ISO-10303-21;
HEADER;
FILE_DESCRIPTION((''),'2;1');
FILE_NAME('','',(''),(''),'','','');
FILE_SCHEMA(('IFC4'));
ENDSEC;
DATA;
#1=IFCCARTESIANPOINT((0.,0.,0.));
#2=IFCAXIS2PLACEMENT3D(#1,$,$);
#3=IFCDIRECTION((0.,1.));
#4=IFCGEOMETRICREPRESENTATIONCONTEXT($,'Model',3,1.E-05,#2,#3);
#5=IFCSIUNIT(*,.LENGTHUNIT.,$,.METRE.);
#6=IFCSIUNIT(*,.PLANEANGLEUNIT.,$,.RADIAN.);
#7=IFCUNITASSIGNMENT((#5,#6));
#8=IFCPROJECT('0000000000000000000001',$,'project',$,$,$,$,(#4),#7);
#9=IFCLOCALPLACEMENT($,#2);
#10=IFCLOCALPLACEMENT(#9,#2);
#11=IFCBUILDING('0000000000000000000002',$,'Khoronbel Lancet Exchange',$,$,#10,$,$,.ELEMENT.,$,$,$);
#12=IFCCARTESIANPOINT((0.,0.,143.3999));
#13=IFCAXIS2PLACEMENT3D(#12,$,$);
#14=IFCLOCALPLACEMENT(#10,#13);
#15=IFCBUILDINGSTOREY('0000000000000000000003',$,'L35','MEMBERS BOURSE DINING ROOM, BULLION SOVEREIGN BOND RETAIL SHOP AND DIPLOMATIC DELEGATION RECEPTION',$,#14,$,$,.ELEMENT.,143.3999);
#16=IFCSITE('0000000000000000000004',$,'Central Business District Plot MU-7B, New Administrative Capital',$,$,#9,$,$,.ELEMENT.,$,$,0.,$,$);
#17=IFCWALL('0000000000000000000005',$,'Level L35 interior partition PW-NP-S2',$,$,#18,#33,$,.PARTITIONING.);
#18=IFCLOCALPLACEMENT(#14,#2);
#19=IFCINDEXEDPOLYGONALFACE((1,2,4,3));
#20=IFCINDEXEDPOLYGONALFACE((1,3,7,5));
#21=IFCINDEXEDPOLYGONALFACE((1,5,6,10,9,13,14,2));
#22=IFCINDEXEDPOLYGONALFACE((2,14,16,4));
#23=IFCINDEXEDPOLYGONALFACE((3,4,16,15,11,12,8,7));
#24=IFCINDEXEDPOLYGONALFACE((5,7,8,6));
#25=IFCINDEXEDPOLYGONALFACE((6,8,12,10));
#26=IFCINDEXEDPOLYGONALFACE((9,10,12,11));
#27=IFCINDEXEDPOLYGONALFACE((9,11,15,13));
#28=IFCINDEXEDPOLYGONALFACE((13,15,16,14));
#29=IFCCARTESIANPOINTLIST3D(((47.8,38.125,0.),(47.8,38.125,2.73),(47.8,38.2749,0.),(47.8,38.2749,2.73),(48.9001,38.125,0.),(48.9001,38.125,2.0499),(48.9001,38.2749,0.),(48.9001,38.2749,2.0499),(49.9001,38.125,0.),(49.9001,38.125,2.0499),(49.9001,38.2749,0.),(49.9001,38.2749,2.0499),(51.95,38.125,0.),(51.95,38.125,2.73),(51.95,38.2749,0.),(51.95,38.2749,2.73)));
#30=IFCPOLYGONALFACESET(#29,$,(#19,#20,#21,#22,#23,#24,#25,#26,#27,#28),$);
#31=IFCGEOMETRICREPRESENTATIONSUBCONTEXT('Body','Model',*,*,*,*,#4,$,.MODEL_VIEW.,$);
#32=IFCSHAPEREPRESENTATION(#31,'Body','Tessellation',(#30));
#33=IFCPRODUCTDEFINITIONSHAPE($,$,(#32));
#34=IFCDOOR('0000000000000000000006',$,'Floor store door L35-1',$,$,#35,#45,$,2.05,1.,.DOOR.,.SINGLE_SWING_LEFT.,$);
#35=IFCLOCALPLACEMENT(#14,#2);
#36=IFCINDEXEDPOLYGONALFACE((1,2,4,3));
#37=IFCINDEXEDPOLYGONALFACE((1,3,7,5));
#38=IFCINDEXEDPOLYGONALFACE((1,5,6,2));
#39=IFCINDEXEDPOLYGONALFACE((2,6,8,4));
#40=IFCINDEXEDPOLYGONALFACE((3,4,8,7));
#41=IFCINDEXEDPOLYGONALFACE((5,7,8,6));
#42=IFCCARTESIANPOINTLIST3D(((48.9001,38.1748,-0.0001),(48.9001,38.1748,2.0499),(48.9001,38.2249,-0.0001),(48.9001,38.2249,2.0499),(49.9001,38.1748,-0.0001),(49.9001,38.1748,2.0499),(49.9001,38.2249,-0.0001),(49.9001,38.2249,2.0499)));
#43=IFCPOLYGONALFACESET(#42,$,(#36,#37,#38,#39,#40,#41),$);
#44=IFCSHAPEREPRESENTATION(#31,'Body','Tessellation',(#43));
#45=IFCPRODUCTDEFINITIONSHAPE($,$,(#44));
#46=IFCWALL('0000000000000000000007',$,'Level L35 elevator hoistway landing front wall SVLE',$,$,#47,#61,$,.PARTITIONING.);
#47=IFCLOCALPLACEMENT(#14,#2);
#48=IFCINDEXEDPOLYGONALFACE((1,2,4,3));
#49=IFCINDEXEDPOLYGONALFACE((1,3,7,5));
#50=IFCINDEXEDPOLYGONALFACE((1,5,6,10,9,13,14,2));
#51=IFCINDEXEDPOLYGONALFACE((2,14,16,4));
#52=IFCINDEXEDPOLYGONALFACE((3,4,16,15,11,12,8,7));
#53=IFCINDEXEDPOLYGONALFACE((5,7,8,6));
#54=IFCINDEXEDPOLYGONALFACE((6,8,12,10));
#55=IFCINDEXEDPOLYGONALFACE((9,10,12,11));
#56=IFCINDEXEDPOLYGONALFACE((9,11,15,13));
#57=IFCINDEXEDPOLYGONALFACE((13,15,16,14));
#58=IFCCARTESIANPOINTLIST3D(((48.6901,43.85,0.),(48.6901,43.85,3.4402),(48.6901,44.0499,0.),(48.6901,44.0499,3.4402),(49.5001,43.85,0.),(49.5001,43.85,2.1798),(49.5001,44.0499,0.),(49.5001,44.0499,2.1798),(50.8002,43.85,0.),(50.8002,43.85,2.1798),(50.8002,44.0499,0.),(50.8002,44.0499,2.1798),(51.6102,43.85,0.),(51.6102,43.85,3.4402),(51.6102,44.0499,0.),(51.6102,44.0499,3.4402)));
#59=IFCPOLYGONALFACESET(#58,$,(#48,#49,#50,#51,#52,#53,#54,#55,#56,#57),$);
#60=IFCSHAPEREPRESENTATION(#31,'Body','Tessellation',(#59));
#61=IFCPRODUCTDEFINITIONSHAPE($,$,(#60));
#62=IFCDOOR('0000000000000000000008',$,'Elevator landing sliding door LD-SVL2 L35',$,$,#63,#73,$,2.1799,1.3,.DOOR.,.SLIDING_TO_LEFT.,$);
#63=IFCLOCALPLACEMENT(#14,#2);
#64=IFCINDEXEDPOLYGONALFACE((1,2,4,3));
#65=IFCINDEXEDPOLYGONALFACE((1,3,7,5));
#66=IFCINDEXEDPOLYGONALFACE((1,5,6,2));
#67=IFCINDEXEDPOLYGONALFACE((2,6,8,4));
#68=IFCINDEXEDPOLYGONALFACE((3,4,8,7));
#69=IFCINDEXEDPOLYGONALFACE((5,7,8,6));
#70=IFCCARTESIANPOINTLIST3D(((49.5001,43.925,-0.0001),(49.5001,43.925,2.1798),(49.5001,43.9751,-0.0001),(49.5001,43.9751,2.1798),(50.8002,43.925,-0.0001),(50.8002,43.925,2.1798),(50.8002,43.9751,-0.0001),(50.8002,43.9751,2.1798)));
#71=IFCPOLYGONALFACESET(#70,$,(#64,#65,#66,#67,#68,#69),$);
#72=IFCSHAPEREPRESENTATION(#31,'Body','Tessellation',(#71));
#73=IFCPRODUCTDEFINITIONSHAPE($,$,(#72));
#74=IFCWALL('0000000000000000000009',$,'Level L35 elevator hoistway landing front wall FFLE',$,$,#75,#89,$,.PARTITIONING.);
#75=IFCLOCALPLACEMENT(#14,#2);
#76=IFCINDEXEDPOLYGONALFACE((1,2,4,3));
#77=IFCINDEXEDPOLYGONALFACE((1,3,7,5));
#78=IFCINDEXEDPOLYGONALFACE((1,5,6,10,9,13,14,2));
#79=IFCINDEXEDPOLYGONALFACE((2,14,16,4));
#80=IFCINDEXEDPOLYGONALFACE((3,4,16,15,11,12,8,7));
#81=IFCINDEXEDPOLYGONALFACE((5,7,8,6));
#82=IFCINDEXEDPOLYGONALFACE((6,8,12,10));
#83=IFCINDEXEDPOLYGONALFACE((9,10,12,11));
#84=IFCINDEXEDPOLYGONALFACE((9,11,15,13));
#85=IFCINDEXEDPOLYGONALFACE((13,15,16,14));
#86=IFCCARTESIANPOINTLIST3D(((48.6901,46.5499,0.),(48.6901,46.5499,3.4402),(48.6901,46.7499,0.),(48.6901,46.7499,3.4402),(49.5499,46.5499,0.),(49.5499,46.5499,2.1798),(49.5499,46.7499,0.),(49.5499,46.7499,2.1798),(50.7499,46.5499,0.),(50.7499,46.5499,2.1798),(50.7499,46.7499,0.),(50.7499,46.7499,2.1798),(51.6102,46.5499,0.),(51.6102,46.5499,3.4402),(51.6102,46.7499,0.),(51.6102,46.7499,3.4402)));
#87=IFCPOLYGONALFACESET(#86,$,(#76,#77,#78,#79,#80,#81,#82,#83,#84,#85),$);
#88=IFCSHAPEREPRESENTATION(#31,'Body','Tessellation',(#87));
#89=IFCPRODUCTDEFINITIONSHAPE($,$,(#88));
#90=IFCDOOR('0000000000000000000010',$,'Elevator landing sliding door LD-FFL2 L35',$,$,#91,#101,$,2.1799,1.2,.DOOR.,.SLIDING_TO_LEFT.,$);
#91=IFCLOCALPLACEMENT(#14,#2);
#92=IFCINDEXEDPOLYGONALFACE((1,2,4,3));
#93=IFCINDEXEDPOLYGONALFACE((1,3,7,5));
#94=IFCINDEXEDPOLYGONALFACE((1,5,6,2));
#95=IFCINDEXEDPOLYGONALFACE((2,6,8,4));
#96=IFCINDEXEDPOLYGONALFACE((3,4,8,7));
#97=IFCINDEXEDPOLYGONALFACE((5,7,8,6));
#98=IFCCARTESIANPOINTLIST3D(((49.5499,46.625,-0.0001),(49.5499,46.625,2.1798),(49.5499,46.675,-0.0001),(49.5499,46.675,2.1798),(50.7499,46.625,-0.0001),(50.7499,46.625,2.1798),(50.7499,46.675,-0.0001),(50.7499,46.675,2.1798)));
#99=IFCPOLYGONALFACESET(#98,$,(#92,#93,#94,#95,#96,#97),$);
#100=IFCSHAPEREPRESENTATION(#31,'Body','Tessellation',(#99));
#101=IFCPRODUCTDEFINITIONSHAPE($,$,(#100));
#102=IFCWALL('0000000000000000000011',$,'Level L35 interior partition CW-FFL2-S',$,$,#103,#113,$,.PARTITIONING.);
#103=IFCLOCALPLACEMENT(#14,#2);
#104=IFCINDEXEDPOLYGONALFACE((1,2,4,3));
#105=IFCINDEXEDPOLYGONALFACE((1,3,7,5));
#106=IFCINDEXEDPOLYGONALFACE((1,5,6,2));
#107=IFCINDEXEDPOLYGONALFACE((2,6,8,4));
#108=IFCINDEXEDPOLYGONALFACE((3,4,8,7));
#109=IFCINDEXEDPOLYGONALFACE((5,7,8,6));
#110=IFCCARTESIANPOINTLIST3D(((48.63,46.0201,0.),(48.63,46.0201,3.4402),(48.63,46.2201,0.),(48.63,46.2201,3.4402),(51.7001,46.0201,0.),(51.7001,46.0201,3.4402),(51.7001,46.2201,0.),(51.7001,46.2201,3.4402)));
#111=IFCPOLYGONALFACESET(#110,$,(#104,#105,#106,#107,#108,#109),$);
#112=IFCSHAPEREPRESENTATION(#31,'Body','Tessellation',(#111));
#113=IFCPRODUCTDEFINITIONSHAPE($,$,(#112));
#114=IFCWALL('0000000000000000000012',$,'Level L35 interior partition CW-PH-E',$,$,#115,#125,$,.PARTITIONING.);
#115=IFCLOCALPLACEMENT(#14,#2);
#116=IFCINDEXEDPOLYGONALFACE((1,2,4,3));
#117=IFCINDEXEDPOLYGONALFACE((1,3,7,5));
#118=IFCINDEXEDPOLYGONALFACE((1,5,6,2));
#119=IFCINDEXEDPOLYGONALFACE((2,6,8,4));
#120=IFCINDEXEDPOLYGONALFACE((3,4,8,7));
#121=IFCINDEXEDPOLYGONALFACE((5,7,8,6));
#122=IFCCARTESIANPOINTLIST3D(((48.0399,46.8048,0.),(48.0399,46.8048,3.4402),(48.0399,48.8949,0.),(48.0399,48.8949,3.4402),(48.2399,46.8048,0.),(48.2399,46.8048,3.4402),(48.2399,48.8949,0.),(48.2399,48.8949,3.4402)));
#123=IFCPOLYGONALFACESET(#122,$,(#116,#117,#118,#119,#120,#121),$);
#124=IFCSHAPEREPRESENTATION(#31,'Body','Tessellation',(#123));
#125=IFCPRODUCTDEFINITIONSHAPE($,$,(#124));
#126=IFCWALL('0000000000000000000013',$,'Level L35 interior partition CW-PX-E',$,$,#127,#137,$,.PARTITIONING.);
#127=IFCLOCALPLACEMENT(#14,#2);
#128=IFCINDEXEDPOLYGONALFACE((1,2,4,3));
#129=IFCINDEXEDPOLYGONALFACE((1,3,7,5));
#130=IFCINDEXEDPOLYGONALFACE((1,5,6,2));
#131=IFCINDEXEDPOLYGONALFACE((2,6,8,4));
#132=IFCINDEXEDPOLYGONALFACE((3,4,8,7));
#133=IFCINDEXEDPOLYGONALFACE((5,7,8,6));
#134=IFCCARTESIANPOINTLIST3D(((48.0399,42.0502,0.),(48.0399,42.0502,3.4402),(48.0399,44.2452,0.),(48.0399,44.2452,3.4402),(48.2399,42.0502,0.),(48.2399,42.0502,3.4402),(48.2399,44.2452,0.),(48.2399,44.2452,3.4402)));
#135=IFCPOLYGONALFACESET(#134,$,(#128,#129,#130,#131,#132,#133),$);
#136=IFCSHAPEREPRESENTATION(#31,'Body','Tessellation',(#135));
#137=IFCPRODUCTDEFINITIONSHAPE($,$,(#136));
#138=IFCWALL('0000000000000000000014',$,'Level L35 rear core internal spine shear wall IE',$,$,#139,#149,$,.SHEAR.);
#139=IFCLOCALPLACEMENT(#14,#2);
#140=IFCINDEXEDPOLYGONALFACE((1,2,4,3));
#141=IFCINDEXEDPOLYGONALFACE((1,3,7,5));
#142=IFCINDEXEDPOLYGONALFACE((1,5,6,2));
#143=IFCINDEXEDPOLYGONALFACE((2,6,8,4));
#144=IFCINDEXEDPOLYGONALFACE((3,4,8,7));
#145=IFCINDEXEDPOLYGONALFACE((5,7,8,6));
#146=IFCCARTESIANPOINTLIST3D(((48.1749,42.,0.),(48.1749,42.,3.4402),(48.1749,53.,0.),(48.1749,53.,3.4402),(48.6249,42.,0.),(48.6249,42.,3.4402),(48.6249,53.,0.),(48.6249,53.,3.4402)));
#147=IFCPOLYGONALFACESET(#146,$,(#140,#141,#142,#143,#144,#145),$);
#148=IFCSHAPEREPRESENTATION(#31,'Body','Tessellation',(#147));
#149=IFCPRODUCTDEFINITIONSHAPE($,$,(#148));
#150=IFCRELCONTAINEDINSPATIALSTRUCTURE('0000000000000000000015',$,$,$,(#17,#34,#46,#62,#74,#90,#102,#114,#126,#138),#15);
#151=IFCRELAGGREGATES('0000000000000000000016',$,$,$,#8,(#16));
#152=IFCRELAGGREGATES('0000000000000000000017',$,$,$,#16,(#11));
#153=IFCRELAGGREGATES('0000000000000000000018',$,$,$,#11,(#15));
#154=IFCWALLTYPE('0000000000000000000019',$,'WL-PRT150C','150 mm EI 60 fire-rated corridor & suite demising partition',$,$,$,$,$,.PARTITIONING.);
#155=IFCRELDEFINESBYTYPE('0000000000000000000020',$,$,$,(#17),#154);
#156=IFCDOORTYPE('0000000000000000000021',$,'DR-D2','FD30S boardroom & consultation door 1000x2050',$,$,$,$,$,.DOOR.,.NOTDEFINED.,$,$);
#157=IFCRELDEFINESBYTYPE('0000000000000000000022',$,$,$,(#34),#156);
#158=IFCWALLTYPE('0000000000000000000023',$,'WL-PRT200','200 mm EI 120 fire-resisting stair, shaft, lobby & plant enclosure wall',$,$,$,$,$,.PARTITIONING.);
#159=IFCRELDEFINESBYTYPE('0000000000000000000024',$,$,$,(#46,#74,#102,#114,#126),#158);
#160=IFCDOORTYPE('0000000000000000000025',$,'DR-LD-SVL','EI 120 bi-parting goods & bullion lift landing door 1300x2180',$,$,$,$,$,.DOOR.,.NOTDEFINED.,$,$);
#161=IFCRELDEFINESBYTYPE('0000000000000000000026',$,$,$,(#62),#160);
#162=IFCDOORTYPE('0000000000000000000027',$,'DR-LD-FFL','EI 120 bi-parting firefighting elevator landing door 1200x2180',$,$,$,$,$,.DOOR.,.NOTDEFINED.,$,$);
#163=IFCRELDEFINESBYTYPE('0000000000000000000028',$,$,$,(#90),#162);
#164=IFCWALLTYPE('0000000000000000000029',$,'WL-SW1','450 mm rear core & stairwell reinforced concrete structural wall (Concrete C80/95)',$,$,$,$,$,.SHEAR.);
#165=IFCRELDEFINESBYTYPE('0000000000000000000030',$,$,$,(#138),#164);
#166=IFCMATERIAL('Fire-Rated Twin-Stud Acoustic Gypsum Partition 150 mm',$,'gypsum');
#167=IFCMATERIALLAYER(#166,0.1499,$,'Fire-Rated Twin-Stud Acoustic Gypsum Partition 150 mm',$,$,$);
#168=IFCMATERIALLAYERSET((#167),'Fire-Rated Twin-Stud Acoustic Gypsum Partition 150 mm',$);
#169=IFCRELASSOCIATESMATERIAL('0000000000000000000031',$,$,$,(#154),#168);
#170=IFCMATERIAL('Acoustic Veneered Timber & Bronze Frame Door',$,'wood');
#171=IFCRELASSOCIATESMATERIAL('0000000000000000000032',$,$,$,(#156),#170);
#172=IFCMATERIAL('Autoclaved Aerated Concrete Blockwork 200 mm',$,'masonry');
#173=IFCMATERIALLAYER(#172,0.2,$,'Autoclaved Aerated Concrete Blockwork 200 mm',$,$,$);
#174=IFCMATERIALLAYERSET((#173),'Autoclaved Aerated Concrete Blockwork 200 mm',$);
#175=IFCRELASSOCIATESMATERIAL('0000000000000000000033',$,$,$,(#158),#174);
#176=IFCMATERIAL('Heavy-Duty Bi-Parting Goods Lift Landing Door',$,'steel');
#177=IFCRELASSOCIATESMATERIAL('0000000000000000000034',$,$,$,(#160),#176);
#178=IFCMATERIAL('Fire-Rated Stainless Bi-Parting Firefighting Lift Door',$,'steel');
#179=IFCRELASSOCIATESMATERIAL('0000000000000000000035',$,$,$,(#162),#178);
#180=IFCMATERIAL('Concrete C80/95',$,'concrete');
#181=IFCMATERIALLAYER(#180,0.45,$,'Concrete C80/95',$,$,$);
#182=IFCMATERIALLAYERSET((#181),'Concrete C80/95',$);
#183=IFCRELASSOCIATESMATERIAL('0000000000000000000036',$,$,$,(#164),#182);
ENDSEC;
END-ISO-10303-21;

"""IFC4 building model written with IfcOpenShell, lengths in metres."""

from ifc_helpers import new_model, si_unit, direction, frame, frame_2d, origin, place, context, subcontext, project, spatial, rectangle, extrude, material, layer, layer_set, type_object, element, fill, save


model = new_model("IFC4")

# Units and contexts
model_context = context("Model", 3, precision=1e-05, world=origin(), true_north=direction((0.0, 1.0)))
body_context = subcontext(model_context, "Body", "Model", "MODEL_VIEW")
ifc_project = project(units=[si_unit("LENGTHUNIT", "METRE"), si_unit("PLANEANGLEUNIT", "RADIAN")], contexts=[model_context])

# Site, building, storey
site_placement = place(None, origin())
site = spatial("IfcSite", under=ifc_project, at=site_placement, Name="Central Business District Plot MU-7B, New Administrative Capital", CompositionType="ELEMENT", RefElevation=0.0)
building_placement = place(site_placement, origin())
building = spatial("IfcBuilding", under=site, at=building_placement, Name="Khoronbel Lancet Exchange", CompositionType="ELEMENT")
storey_placement = place(building_placement, frame((0.0, 0.0, 143.3999)))
storey = spatial("IfcBuildingStorey", under=building, at=storey_placement, Name="L35", Description="MEMBERS BOURSE DINING ROOM, BULLION SOVEREIGN BOND RETAIL SHOP AND DIPLOMATIC DELEGATION RECEPTION", CompositionType="ELEMENT", Elevation=143.3999)

# Walls, openings, doors
ifc_material_1 = material(Name="Fire-Rated Twin-Stud Acoustic Gypsum Partition 150 mm", Category="gypsum")
ifc_layer_1 = layer(ifc_material_1, 0.1499, Name="Fire-Rated Twin-Stud Acoustic Gypsum Partition 150 mm")
ifc_layer_set_1 = layer_set([ifc_layer_1], Name="Fire-Rated Twin-Stud Acoustic Gypsum Partition 150 mm")
wall_type_1 = type_object("IfcWallType", Name="WL-PRT150C", Description="150 mm EI 60 fire-rated corridor & suite demising partition", PredefinedType="PARTITIONING", material=ifc_layer_set_1)
wall_1_placement = place(storey_placement, frame((47.8, 38.2, 0.0), z_axis=(0.0, 0.0, 1.0), x_axis=(1.0, 0.0, 0.0)))
wall_1 = element("IfcWall", 1, at=wall_1_placement, inside=storey, type_object=wall_type_1, Name="Level L35 interior partition PW-NP-S2", PredefinedType="PARTITIONING", context=body_context, shape_type="SweptSolid", body=[
    extrude(rectangle(XDim=4.1499, YDim=0.1499, at=frame_2d((2.075, 0.0))), origin(), (0.0, 0.0, 1.0), 2.73),
])
opening_1_placement = place(wall_1_placement, frame((1.1001, 0.0, 0.0)))
opening_1 = element("IfcOpeningElement", 2, at=opening_1_placement, cuts=wall_1, PredefinedType="OPENING", context=body_context, shape_type="SweptSolid", body=[
    extrude(rectangle(XDim=1.0, YDim=2.05, at=frame_2d((0.5, 1.0249))), frame((0.0, 0.085, 0.0), z_axis=(0.0, -1.0, 0.0), x_axis=(1.0, 0.0, 0.0)), (0.0, 0.0, 1.0), 0.1699),
])
ifc_material_2 = material(Name="Acoustic Veneered Timber & Bronze Frame Door", Category="wood")
door_type_1 = type_object("IfcDoorType", Name="DR-D2", Description="FD30S boardroom & consultation door 1000x2050", OperationType="NOTDEFINED", PredefinedType="DOOR", material=ifc_material_2)
door_1_placement = place(opening_1_placement, origin())
door_1 = element("IfcDoor", 3, at=door_1_placement, inside=storey, type_object=door_type_1, Name="Floor store door L35-1", OperationType="SINGLE_SWING_LEFT", OverallHeight=2.05, OverallWidth=1.0, PredefinedType="DOOR", context=body_context, shape_type="SweptSolid", body=[
    extrude(rectangle(XDim=1.0, YDim=2.05, at=frame_2d((0.5, 1.0249))), frame((0.0, 0.0249, 0.0), z_axis=(0.0, -1.0, 0.0), x_axis=(1.0, 0.0, 0.0)), (0.0, 0.0, 1.0), 0.05),
])
fill(opening_1, door_1)
ifc_material_3 = material(Name="Autoclaved Aerated Concrete Blockwork 200 mm", Category="masonry")
ifc_layer_2 = layer(ifc_material_3, 0.2, Name="Autoclaved Aerated Concrete Blockwork 200 mm")
ifc_layer_set_2 = layer_set([ifc_layer_2], Name="Autoclaved Aerated Concrete Blockwork 200 mm")
wall_type_2 = type_object("IfcWallType", Name="WL-PRT200", Description="200 mm EI 120 fire-resisting stair, shaft, lobby & plant enclosure wall", PredefinedType="PARTITIONING", material=ifc_layer_set_2)
wall_2_placement = place(storey_placement, frame((51.6101, 43.95, 0.0), z_axis=(0.0, 0.0, 1.0), x_axis=(-1.0, 0.0, 0.0)))
wall_2 = element("IfcWall", 4, at=wall_2_placement, inside=storey, type_object=wall_type_2, Name="Level L35 elevator hoistway landing front wall SVLE", PredefinedType="PARTITIONING", context=body_context, shape_type="SweptSolid", body=[
    extrude(rectangle(XDim=2.9202, YDim=0.2, at=frame_2d((1.46, 0.0))), origin(), (0.0, 0.0, 1.0), 3.4402),
])
opening_2_placement = place(wall_2_placement, frame((0.8101, 0.0, 0.0)))
opening_2 = element("IfcOpeningElement", 5, at=opening_2_placement, cuts=wall_2, PredefinedType="OPENING", context=body_context, shape_type="SweptSolid", body=[
    extrude(rectangle(XDim=1.3, YDim=2.1799, at=frame_2d((0.6499, 1.0898))), frame((0.0, 0.1099, 0.0), z_axis=(0.0, -1.0, 0.0), x_axis=(1.0, 0.0, 0.0)), (0.0, 0.0, 1.0), 0.22),
])
ifc_material_4 = material(Name="Heavy-Duty Bi-Parting Goods Lift Landing Door", Category="steel")
door_type_2 = type_object("IfcDoorType", Name="DR-LD-SVL", Description="EI 120 bi-parting goods & bullion lift landing door 1300x2180", OperationType="NOTDEFINED", PredefinedType="DOOR", material=ifc_material_4)
door_2_placement = place(opening_2_placement, origin())
door_2 = element("IfcDoor", 6, at=door_2_placement, inside=storey, type_object=door_type_2, Name="Elevator landing sliding door LD-SVL2 L35", OperationType="SLIDING_TO_LEFT", OverallHeight=2.1799, OverallWidth=1.3, PredefinedType="DOOR", context=body_context, shape_type="SweptSolid", body=[
    extrude(rectangle(XDim=1.3, YDim=2.1799, at=frame_2d((0.6499, 1.0898))), frame((0.0, 0.0249, 0.0), z_axis=(0.0, -1.0, 0.0), x_axis=(1.0, 0.0, 0.0)), (0.0, 0.0, 1.0), 0.05),
])
fill(opening_2, door_2)
wall_3_placement = place(storey_placement, frame((51.6101, 46.6499, 0.0), z_axis=(0.0, 0.0, 1.0), x_axis=(-1.0, 0.0, 0.0)))
wall_3 = element("IfcWall", 7, at=wall_3_placement, inside=storey, type_object=wall_type_2, Name="Level L35 elevator hoistway landing front wall FFLE", PredefinedType="PARTITIONING", context=body_context, shape_type="SweptSolid", body=[
    extrude(rectangle(XDim=2.9202, YDim=0.2, at=frame_2d((1.46, 0.0))), origin(), (0.0, 0.0, 1.0), 3.4402),
])
opening_3_placement = place(wall_3_placement, frame((0.8601, 0.0, 0.0)))
opening_3 = element("IfcOpeningElement", 8, at=opening_3_placement, cuts=wall_3, PredefinedType="OPENING", context=body_context, shape_type="SweptSolid", body=[
    extrude(rectangle(XDim=1.2, YDim=2.1799, at=frame_2d((0.6001, 1.0898))), frame((0.0, 0.1099, 0.0), z_axis=(0.0, -1.0, 0.0), x_axis=(1.0, 0.0, 0.0)), (0.0, 0.0, 1.0), 0.22),
])
ifc_material_5 = material(Name="Fire-Rated Stainless Bi-Parting Firefighting Lift Door", Category="steel")
door_type_3 = type_object("IfcDoorType", Name="DR-LD-FFL", Description="EI 120 bi-parting firefighting elevator landing door 1200x2180", OperationType="NOTDEFINED", PredefinedType="DOOR", material=ifc_material_5)
door_3_placement = place(opening_3_placement, origin())
door_3 = element("IfcDoor", 9, at=door_3_placement, inside=storey, type_object=door_type_3, Name="Elevator landing sliding door LD-FFL2 L35", OperationType="SLIDING_TO_LEFT", OverallHeight=2.1799, OverallWidth=1.2, PredefinedType="DOOR", context=body_context, shape_type="SweptSolid", body=[
    extrude(rectangle(XDim=1.2, YDim=2.1799, at=frame_2d((0.6001, 1.0898))), frame((0.0, 0.0249, 0.0), z_axis=(0.0, -1.0, 0.0), x_axis=(1.0, 0.0, 0.0)), (0.0, 0.0, 1.0), 0.05),
])
fill(opening_3, door_3)

# Wall
wall_4_placement = place(storey_placement, frame((48.6299, 46.1201, 0.0), z_axis=(0.0, 0.0, 1.0), x_axis=(1.0, 0.0, 0.0)))
element("IfcWall", 10, at=wall_4_placement, inside=storey, type_object=wall_type_2, Name="Level L35 interior partition CW-FFL2-S", PredefinedType="PARTITIONING", context=body_context, shape_type="SweptSolid", body=[
    extrude(rectangle(XDim=3.0701, YDim=0.2, at=frame_2d((1.5352, 0.0))), origin(), (0.0, 0.0, 1.0), 3.4402),
])

# Walls
wall_5_placement = place(storey_placement, frame((48.1399, 46.8049, 0.0), z_axis=(0.0, 0.0, 1.0), x_axis=(0.0, 1.0, 0.0)))
element("IfcWall", 11, at=wall_5_placement, inside=storey, type_object=wall_type_2, Name="Level L35 interior partition CW-PH-E", PredefinedType="PARTITIONING", context=body_context, shape_type="SweptSolid", body=[
    extrude(rectangle(XDim=2.0901, YDim=0.2, at=frame_2d((1.0449, 0.0))), origin(), (0.0, 0.0, 1.0), 3.4402),
])
wall_6_placement = place(storey_placement, frame((48.1399, 42.05, 0.0), z_axis=(0.0, 0.0, 1.0), x_axis=(0.0, 1.0, 0.0)))
element("IfcWall", 12, at=wall_6_placement, inside=storey, type_object=wall_type_2, Name="Level L35 interior partition CW-PX-E", PredefinedType="PARTITIONING", context=body_context, shape_type="SweptSolid", body=[
    extrude(rectangle(XDim=2.1951, YDim=0.2, at=frame_2d((1.0977, 0.0))), origin(), (0.0, 0.0, 1.0), 3.4402),
])
ifc_material_6 = material(Name="Concrete C80/95", Category="concrete")
ifc_layer_3 = layer(ifc_material_6, 0.45, Name="Concrete C80/95")
ifc_layer_set_3 = layer_set([ifc_layer_3], Name="Concrete C80/95")
wall_type_3 = type_object("IfcWallType", Name="WL-SW1", Description="450 mm rear core & stairwell reinforced concrete structural wall (Concrete C80/95)", PredefinedType="SHEAR", material=ifc_layer_set_3)
wall_7_placement = place(storey_placement, frame((48.3999, 42.0, 0.0), z_axis=(0.0, 0.0, 1.0), x_axis=(0.0, 1.0, 0.0)))
element("IfcWall", 13, at=wall_7_placement, inside=storey, type_object=wall_type_3, Name="Level L35 rear core internal spine shear wall IE", PredefinedType="SHEAR", context=body_context, shape_type="SweptSolid", body=[
    extrude(rectangle(XDim=11.0, YDim=0.45, at=frame_2d((5.5, 0.0))), origin(), (0.0, 0.0, 1.0), 3.4402),
])

save(model, "model.ifc")
